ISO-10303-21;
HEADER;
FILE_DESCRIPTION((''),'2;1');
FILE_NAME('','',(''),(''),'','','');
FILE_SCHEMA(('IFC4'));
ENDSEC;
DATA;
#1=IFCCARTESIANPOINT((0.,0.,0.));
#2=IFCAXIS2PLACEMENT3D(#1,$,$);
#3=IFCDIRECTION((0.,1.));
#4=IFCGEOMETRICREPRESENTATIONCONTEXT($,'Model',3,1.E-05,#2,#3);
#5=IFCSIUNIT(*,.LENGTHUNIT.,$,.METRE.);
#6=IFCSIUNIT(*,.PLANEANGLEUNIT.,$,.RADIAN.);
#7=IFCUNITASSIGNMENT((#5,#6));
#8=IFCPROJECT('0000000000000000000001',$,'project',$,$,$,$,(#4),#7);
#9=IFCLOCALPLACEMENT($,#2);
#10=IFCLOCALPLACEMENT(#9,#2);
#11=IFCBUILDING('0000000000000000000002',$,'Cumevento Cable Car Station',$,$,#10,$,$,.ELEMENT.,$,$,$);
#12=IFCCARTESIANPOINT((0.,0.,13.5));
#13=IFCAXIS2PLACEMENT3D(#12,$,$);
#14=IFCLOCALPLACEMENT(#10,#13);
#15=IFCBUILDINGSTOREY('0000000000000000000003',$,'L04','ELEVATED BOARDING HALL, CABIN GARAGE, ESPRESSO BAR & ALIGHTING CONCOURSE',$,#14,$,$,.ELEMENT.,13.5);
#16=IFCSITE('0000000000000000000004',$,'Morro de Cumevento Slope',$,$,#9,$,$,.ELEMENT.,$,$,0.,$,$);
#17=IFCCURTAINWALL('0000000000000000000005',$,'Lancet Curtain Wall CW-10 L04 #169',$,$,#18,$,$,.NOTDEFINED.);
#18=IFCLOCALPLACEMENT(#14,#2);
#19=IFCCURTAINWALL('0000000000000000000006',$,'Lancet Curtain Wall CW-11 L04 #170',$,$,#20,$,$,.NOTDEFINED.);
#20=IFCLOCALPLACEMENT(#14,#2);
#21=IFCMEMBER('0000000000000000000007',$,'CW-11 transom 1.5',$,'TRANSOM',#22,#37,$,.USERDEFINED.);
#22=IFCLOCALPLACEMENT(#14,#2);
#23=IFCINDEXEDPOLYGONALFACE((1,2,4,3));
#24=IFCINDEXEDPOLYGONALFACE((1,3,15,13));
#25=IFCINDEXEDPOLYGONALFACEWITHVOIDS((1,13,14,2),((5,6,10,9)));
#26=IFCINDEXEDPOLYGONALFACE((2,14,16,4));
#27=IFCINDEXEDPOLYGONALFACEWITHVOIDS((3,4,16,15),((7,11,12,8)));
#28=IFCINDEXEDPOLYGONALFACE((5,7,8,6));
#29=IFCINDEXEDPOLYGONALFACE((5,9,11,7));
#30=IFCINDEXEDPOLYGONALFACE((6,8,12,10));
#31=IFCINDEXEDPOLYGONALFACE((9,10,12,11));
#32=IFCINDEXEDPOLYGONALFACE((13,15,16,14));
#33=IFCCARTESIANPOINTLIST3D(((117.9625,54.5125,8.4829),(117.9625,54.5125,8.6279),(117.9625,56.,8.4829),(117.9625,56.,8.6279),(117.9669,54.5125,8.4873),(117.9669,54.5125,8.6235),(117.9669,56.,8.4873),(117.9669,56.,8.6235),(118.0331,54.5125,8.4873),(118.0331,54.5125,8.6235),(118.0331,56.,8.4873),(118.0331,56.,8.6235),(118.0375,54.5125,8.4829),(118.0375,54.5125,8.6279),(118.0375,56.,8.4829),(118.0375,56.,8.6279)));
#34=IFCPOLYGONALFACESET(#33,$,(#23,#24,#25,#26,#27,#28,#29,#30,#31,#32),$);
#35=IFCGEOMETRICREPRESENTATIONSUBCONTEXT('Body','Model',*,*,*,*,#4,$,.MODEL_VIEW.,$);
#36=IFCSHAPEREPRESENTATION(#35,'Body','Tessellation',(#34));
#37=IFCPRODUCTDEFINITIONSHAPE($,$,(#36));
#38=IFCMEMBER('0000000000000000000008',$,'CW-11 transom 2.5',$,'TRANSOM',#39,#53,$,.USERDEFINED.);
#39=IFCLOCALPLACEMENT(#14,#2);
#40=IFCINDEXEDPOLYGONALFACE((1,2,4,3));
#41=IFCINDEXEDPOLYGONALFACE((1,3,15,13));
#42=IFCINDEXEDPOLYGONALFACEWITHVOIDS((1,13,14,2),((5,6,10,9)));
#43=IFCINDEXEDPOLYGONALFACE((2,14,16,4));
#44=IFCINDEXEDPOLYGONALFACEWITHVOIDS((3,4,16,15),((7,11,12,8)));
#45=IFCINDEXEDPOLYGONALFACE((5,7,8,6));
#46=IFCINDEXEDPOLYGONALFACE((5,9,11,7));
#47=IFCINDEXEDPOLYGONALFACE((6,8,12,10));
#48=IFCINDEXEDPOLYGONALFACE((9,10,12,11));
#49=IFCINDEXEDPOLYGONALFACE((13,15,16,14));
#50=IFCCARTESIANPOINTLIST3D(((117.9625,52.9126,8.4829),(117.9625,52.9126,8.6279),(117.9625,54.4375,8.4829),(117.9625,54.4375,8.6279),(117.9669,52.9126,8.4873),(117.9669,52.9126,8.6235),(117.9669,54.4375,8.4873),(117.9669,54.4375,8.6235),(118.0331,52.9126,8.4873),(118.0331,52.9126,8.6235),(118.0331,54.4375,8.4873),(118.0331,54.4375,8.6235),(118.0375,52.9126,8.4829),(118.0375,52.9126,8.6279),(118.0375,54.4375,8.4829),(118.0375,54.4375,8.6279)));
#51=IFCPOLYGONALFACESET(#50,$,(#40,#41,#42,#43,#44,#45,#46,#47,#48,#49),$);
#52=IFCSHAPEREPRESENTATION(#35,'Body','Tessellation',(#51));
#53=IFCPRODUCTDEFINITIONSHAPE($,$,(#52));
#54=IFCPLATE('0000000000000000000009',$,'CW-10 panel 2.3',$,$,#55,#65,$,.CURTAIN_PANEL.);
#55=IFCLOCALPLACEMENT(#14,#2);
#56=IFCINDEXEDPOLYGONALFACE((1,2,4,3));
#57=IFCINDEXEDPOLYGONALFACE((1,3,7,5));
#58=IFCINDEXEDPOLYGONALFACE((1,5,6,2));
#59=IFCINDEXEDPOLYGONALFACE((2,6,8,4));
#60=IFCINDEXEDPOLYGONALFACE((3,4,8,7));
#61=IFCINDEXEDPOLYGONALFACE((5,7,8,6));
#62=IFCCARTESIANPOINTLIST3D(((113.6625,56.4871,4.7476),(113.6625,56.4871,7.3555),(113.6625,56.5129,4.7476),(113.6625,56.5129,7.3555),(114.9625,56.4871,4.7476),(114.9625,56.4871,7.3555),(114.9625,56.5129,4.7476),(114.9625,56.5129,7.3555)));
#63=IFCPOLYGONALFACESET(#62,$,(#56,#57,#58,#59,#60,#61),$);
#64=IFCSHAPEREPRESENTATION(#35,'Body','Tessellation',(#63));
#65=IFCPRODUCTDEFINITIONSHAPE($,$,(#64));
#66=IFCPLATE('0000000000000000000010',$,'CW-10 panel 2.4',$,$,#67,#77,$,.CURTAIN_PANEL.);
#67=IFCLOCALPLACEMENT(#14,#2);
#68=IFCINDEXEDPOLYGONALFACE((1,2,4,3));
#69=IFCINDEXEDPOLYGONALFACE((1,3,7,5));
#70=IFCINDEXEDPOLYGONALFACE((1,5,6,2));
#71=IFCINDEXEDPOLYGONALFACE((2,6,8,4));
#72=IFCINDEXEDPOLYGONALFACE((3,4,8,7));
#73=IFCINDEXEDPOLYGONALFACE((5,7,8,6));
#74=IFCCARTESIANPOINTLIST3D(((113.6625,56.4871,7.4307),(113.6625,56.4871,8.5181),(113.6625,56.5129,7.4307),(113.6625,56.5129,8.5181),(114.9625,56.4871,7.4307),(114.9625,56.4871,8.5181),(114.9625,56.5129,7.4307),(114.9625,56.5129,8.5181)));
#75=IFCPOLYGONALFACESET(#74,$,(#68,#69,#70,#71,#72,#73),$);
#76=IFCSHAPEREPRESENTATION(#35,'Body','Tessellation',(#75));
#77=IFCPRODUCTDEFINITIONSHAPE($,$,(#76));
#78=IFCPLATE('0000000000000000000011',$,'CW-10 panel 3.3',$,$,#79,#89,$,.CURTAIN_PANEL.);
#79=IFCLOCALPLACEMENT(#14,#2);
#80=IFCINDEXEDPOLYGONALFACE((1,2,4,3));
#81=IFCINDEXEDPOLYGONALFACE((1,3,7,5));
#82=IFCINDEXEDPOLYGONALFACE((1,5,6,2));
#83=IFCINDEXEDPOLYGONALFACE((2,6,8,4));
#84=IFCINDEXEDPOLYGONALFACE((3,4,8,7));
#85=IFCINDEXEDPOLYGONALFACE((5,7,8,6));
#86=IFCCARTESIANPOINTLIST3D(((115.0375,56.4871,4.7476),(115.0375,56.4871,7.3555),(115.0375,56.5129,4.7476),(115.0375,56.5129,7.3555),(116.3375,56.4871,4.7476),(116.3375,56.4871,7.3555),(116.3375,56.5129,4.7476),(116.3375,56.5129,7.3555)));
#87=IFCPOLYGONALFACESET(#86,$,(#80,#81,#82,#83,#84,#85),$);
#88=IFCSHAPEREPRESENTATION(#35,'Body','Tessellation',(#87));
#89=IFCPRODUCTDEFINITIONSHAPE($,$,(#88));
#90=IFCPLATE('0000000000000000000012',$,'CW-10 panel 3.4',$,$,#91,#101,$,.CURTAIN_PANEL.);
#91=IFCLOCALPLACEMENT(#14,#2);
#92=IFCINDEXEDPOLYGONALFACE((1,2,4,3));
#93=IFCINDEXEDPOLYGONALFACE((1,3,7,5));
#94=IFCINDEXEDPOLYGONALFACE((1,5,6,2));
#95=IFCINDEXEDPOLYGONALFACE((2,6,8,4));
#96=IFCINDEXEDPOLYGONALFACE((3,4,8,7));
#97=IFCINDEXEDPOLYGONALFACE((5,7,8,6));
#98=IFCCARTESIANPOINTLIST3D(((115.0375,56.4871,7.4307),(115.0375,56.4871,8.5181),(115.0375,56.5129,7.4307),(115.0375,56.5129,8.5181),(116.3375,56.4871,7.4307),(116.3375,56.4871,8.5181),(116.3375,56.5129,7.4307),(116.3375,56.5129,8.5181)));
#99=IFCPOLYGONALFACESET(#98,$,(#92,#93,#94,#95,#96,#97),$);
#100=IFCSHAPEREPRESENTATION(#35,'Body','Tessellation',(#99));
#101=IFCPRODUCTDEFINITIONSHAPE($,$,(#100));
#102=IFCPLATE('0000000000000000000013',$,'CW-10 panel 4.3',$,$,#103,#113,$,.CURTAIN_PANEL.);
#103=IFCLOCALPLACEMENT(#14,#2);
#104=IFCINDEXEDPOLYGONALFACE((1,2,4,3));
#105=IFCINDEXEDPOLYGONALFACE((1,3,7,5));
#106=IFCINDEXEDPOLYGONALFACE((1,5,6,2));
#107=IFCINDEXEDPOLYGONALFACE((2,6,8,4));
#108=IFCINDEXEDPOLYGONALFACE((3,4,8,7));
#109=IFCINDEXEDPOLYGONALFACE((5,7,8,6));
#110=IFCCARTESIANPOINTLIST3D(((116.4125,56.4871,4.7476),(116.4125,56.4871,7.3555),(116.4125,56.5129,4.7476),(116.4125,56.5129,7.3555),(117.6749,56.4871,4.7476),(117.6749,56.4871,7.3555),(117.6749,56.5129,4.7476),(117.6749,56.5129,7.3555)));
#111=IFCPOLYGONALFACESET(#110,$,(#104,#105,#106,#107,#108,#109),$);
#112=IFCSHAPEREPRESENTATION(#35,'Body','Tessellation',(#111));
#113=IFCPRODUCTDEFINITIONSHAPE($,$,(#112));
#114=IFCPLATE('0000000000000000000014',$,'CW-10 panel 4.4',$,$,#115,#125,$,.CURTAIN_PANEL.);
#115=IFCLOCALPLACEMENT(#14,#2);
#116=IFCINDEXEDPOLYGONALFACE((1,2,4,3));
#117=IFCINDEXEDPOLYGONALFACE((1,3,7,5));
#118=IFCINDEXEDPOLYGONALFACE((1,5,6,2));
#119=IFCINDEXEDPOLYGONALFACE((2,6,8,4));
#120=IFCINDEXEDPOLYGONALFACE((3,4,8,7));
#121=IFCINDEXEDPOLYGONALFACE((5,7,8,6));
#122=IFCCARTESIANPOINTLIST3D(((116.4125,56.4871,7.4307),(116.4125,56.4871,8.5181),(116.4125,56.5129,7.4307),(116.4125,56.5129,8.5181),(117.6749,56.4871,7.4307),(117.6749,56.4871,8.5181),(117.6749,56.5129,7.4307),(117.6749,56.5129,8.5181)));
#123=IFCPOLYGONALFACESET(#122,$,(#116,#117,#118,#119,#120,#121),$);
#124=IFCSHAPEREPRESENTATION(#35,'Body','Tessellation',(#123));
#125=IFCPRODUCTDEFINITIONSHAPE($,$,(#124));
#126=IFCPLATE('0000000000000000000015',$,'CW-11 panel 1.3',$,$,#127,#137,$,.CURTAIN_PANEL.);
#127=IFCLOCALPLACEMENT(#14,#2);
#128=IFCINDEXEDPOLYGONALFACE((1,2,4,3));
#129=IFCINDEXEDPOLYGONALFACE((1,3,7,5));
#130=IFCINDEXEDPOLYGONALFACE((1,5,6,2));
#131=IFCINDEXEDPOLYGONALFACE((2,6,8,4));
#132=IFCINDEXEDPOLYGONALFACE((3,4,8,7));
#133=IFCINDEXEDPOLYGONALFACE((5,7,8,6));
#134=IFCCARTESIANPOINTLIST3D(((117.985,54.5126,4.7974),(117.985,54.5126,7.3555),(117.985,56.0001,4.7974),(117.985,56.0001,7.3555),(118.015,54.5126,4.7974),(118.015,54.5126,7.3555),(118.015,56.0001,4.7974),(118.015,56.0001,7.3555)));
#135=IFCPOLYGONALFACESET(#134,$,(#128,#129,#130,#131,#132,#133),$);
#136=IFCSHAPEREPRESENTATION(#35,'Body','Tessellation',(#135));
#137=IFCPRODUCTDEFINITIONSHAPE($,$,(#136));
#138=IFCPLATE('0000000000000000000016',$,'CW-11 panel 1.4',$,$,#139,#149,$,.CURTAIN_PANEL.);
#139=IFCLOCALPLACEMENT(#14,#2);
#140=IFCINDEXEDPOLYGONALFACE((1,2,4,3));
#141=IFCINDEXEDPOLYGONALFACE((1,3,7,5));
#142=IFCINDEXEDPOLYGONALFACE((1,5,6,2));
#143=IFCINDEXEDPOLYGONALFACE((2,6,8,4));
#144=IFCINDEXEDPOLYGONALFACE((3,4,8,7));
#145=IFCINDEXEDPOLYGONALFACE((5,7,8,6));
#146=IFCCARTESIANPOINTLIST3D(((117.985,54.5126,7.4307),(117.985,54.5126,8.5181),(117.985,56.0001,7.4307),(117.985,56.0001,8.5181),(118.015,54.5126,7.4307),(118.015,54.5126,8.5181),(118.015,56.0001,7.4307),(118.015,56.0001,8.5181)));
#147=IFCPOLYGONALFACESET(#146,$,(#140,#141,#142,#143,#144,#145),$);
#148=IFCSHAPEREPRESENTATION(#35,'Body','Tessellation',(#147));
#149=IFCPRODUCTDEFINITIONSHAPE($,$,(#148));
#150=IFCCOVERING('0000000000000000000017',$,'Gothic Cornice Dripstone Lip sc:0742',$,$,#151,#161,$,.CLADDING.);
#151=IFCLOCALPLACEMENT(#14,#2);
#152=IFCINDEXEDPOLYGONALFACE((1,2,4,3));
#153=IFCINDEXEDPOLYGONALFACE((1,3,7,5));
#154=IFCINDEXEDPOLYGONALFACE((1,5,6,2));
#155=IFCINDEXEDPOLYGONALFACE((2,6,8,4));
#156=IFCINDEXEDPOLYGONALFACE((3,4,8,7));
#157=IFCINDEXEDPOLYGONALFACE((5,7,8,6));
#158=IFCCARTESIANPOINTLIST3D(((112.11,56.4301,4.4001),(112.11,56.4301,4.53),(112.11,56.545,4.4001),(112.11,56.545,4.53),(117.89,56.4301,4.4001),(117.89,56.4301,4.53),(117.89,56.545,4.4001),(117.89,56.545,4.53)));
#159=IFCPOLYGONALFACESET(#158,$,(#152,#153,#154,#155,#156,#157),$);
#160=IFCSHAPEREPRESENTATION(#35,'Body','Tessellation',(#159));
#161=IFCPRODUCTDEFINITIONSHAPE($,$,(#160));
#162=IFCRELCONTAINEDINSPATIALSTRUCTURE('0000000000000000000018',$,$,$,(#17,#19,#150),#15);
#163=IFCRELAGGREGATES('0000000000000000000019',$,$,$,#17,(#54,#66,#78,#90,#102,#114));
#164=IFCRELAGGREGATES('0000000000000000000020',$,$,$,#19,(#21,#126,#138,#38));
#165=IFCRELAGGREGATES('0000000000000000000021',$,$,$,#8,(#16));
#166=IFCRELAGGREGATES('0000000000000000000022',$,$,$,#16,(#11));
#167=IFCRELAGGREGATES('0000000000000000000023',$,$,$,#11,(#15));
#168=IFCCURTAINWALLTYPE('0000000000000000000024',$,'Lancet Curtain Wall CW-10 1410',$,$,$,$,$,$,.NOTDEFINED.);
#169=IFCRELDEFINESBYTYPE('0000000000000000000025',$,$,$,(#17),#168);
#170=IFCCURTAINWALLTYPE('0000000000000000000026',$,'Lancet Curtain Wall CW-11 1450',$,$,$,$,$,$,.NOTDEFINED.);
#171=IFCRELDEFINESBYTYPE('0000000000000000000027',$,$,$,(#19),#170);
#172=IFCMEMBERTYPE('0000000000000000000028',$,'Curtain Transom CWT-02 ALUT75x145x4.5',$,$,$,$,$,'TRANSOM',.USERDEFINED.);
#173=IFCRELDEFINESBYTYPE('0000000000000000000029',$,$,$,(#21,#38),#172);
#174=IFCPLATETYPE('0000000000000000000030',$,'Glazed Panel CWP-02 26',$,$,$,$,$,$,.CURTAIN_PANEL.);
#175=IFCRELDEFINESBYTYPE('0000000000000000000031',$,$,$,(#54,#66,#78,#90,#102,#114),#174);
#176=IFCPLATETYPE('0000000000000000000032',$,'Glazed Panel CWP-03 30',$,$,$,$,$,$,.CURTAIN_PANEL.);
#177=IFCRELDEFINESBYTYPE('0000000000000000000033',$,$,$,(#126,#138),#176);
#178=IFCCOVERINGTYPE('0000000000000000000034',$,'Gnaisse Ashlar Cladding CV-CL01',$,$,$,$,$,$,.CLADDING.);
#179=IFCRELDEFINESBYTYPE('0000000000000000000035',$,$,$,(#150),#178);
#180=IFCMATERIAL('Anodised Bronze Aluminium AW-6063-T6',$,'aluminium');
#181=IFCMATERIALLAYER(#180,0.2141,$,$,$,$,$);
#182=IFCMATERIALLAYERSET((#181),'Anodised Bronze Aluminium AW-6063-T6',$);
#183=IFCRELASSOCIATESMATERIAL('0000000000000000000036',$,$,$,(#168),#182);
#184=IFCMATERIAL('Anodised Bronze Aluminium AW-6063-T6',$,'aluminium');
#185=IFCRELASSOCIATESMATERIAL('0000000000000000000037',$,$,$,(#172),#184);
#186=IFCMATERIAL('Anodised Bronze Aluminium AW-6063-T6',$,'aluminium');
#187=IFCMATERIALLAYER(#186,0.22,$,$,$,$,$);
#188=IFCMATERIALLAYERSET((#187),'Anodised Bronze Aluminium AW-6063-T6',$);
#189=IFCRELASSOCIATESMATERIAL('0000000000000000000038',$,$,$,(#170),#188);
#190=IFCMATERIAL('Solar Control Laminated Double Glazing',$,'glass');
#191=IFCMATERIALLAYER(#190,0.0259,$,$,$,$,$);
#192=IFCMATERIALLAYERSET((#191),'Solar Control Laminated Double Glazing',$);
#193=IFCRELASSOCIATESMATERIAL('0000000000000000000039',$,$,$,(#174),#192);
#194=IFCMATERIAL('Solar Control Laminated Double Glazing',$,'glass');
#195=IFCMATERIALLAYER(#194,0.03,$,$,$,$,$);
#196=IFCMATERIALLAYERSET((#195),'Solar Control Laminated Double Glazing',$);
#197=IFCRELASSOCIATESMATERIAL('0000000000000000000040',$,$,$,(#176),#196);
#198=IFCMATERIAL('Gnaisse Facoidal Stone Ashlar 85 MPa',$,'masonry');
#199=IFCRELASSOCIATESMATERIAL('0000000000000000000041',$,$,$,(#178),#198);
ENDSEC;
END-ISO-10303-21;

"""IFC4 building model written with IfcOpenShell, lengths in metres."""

from ifc_helpers import new_model, si_unit, direction, frame, origin, origin_2d, place, context, subcontext, project, spatial, rectangle, hollow_rectangle, extrude, material, layer, layer_set, material_profile, profile_set, type_object, element, aggregate, save


model = new_model("IFC4")

# Units and contexts
model_context = context("Model", 3, precision=1e-05, world=origin(), true_north=direction((0.0, 1.0)))
body_context = subcontext(model_context, "Body", "Model", "MODEL_VIEW")
ifc_project = project(units=[si_unit("LENGTHUNIT", "METRE"), si_unit("PLANEANGLEUNIT", "RADIAN")], contexts=[model_context])

# Site, building, storey
site_placement = place(None, origin())
site = spatial("IfcSite", under=ifc_project, at=site_placement, Name="Morro de Cumevento Slope", CompositionType="ELEMENT", RefElevation=0.0)
building_placement = place(site_placement, origin())
building = spatial("IfcBuilding", under=site, at=building_placement, Name="Cumevento Cable Car Station", CompositionType="ELEMENT")
storey_placement = place(building_placement, frame((0.0, 0.0, 13.5)))
storey = spatial("IfcBuildingStorey", under=building, at=storey_placement, Name="L04", Description="ELEVATED BOARDING HALL, CABIN GARAGE, ESPRESSO BAR & ALIGHTING CONCOURSE", CompositionType="ELEMENT", Elevation=13.5)

# Curtain walls, members
ifc_material_1 = material(Name="Anodised Bronze Aluminium AW-6063-T6", Category="aluminium")
ifc_layer_1 = layer(ifc_material_1, 0.2141)
ifc_layer_set_1 = layer_set([ifc_layer_1], Name="Anodised Bronze Aluminium AW-6063-T6")
curtain_wall_type_1 = type_object("IfcCurtainWallType", Name="Lancet Curtain Wall CW-10 1410", PredefinedType="NOTDEFINED", material=ifc_layer_set_1)
curtain_wall_1_placement = place(storey_placement, origin())
curtain_wall_1 = element("IfcCurtainWall", 1, at=curtain_wall_1_placement, inside=storey, type_object=curtain_wall_type_1, Name="Lancet Curtain Wall CW-10 L04 #169", PredefinedType="NOTDEFINED")
ifc_material_2 = material(Name="Anodised Bronze Aluminium AW-6063-T6", Category="aluminium")
ifc_material_profile = material_profile(ifc_material_2, hollow_rectangle(XDim=0.075, YDim=0.145, WallThickness=0.0044, at=origin_2d()), Name="ALUT75x145x4.5")
ifc_profile_set = profile_set([ifc_material_profile], Name="Anodised Bronze Aluminium AW-6063-T6")
member_type = type_object("IfcMemberType", Name="Curtain Transom CWT-02 ALUT75x145x4.5", ElementType="TRANSOM", PredefinedType="USERDEFINED", material=ifc_profile_set)
ifc_material_3 = material(Name="Anodised Bronze Aluminium AW-6063-T6", Category="aluminium")
ifc_layer_2 = layer(ifc_material_3, 0.22)
ifc_layer_set_2 = layer_set([ifc_layer_2], Name="Anodised Bronze Aluminium AW-6063-T6")
curtain_wall_type_2 = type_object("IfcCurtainWallType", Name="Lancet Curtain Wall CW-11 1450", PredefinedType="NOTDEFINED", material=ifc_layer_set_2)
curtain_wall_2_placement = place(storey_placement, origin())
curtain_wall_2 = element("IfcCurtainWall", 2, at=curtain_wall_2_placement, inside=storey, type_object=curtain_wall_type_2, Name="Lancet Curtain Wall CW-11 L04 #170", PredefinedType="NOTDEFINED")
member_1_placement = place(storey_placement, frame((118.0, 56.0, 8.5554), z_axis=(0.0, -1.0, 0.0), x_axis=(1.0, 0.0, 0.0)))
member_1 = element("IfcMember", 3, at=member_1_placement, type_object=member_type, Name="CW-11 transom 1.5", ObjectType="TRANSOM", PredefinedType="USERDEFINED", context=body_context, shape_type="SweptSolid", body=[
    extrude(hollow_rectangle(XDim=0.075, YDim=0.145, WallThickness=0.0044, at=origin_2d()), origin(), (0.0, 0.0, 1.0), 1.4875),
])
member_2_placement = place(storey_placement, frame((118.0, 54.4375, 8.5554), z_axis=(0.0, -1.0, 0.0), x_axis=(1.0, 0.0, 0.0)))
member_2 = element("IfcMember", 4, at=member_2_placement, type_object=member_type, Name="CW-11 transom 2.5", ObjectType="TRANSOM", PredefinedType="USERDEFINED", context=body_context, shape_type="SweptSolid", body=[
    extrude(hollow_rectangle(XDim=0.075, YDim=0.145, WallThickness=0.0044, at=origin_2d()), origin(), (0.0, 0.0, 1.0), 1.5249),
])

# Plates
ifc_material_4 = material(Name="Solar Control Laminated Double Glazing", Category="glass")
ifc_layer_3 = layer(ifc_material_4, 0.0259)
ifc_layer_set_3 = layer_set([ifc_layer_3], Name="Solar Control Laminated Double Glazing")
plate_type_1 = type_object("IfcPlateType", Name="Glazed Panel CWP-02 26", PredefinedType="CURTAIN_PANEL", material=ifc_layer_set_3)
plate_1_placement = place(storey_placement, frame((114.3125, 56.5, 4.7476), z_axis=(0.0, 0.0, 1.0), x_axis=(1.0, 0.0, 0.0)))
plate_1 = element("IfcPlate", 5, at=plate_1_placement, type_object=plate_type_1, Name="CW-10 panel 2.3", PredefinedType="CURTAIN_PANEL", context=body_context, shape_type="SweptSolid", body=[
    extrude(rectangle(XDim=1.3, YDim=0.0259, at=origin_2d()), origin(), (0.0, 0.0, 1.0), 2.6079),
])
plate_2_placement = place(storey_placement, frame((114.3125, 56.5, 7.4307), z_axis=(0.0, 0.0, 1.0), x_axis=(1.0, 0.0, 0.0)))
plate_2 = element("IfcPlate", 6, at=plate_2_placement, type_object=plate_type_1, Name="CW-10 panel 2.4", PredefinedType="CURTAIN_PANEL", context=body_context, shape_type="SweptSolid", body=[
    extrude(rectangle(XDim=1.3, YDim=0.0259, at=origin_2d()), origin(), (0.0, 0.0, 1.0), 1.0874),
])
plate_3_placement = place(storey_placement, frame((115.6875, 56.5, 4.7476), z_axis=(0.0, 0.0, 1.0), x_axis=(1.0, 0.0, 0.0)))
plate_3 = element("IfcPlate", 7, at=plate_3_placement, type_object=plate_type_1, Name="CW-10 panel 3.3", PredefinedType="CURTAIN_PANEL", context=body_context, shape_type="SweptSolid", body=[
    extrude(rectangle(XDim=1.3, YDim=0.0259, at=origin_2d()), origin(), (0.0, 0.0, 1.0), 2.6079),
])
plate_4_placement = place(storey_placement, frame((115.6875, 56.5, 7.4307), z_axis=(0.0, 0.0, 1.0), x_axis=(1.0, 0.0, 0.0)))
plate_4 = element("IfcPlate", 8, at=plate_4_placement, type_object=plate_type_1, Name="CW-10 panel 3.4", PredefinedType="CURTAIN_PANEL", context=body_context, shape_type="SweptSolid", body=[
    extrude(rectangle(XDim=1.3, YDim=0.0259, at=origin_2d()), origin(), (0.0, 0.0, 1.0), 1.0874),
])
plate_5_placement = place(storey_placement, frame((117.0437, 56.5, 4.7476), z_axis=(0.0, 0.0, 1.0), x_axis=(1.0, 0.0, 0.0)))
plate_5 = element("IfcPlate", 9, at=plate_5_placement, type_object=plate_type_1, Name="CW-10 panel 4.3", PredefinedType="CURTAIN_PANEL", context=body_context, shape_type="SweptSolid", body=[
    extrude(rectangle(XDim=1.2625, YDim=0.0259, at=origin_2d()), origin(), (0.0, 0.0, 1.0), 2.6079),
])
plate_6_placement = place(storey_placement, frame((117.0437, 56.5, 7.4307), z_axis=(0.0, 0.0, 1.0), x_axis=(1.0, 0.0, 0.0)))
plate_6 = element("IfcPlate", 10, at=plate_6_placement, type_object=plate_type_1, Name="CW-10 panel 4.4", PredefinedType="CURTAIN_PANEL", context=body_context, shape_type="SweptSolid", body=[
    extrude(rectangle(XDim=1.2625, YDim=0.0259, at=origin_2d()), origin(), (0.0, 0.0, 1.0), 1.0874),
])
aggregate(curtain_wall_1, [plate_1, plate_2, plate_3, plate_4, plate_5, plate_6])
ifc_material_5 = material(Name="Solar Control Laminated Double Glazing", Category="glass")
ifc_layer_4 = layer(ifc_material_5, 0.03)
ifc_layer_set_4 = layer_set([ifc_layer_4], Name="Solar Control Laminated Double Glazing")
plate_type_2 = type_object("IfcPlateType", Name="Glazed Panel CWP-03 30", PredefinedType="CURTAIN_PANEL", material=ifc_layer_set_4)
plate_7_placement = place(storey_placement, frame((118.0, 55.2563, 4.7974), z_axis=(0.0, 0.0, 1.0), x_axis=(0.0, -1.0, 0.0)))
plate_7 = element("IfcPlate", 11, at=plate_7_placement, type_object=plate_type_2, Name="CW-11 panel 1.3", PredefinedType="CURTAIN_PANEL", context=body_context, shape_type="SweptSolid", body=[
    extrude(rectangle(XDim=1.4875, YDim=0.03, at=origin_2d()), origin(), (0.0, 0.0, 1.0), 2.5581),
])
plate_8_placement = place(storey_placement, frame((118.0, 55.2563, 7.4307), z_axis=(0.0, 0.0, 1.0), x_axis=(0.0, -1.0, 0.0)))
plate_8 = element("IfcPlate", 12, at=plate_8_placement, type_object=plate_type_2, Name="CW-11 panel 1.4", PredefinedType="CURTAIN_PANEL", context=body_context, shape_type="SweptSolid", body=[
    extrude(rectangle(XDim=1.4875, YDim=0.03, at=origin_2d()), origin(), (0.0, 0.0, 1.0), 1.0874),
])
aggregate(curtain_wall_2, [member_1, plate_7, plate_8, member_2])

# Covering
ifc_material_6 = material(Name="Gnaisse Facoidal Stone Ashlar 85 MPa", Category="masonry")
covering_type = type_object("IfcCoveringType", Name="Gnaisse Ashlar Cladding CV-CL01", PredefinedType="CLADDING", material=ifc_material_6)
covering_1_placement = place(storey_placement, frame((115.0, 56.4875, 4.4001), z_axis=(0.0, 0.0, 1.0), x_axis=(1.0, 0.0, 0.0)))
element("IfcCovering", 13, at=covering_1_placement, inside=storey, type_object=covering_type, Name="Gothic Cornice Dripstone Lip sc:0742", PredefinedType="CLADDING", context=body_context, shape_type="SweptSolid", body=[
    extrude(rectangle(XDim=5.78, YDim=0.115, at=origin_2d()), origin(), (0.0, 0.0, 1.0), 0.1299),
])

save(model, "model.ifc")
